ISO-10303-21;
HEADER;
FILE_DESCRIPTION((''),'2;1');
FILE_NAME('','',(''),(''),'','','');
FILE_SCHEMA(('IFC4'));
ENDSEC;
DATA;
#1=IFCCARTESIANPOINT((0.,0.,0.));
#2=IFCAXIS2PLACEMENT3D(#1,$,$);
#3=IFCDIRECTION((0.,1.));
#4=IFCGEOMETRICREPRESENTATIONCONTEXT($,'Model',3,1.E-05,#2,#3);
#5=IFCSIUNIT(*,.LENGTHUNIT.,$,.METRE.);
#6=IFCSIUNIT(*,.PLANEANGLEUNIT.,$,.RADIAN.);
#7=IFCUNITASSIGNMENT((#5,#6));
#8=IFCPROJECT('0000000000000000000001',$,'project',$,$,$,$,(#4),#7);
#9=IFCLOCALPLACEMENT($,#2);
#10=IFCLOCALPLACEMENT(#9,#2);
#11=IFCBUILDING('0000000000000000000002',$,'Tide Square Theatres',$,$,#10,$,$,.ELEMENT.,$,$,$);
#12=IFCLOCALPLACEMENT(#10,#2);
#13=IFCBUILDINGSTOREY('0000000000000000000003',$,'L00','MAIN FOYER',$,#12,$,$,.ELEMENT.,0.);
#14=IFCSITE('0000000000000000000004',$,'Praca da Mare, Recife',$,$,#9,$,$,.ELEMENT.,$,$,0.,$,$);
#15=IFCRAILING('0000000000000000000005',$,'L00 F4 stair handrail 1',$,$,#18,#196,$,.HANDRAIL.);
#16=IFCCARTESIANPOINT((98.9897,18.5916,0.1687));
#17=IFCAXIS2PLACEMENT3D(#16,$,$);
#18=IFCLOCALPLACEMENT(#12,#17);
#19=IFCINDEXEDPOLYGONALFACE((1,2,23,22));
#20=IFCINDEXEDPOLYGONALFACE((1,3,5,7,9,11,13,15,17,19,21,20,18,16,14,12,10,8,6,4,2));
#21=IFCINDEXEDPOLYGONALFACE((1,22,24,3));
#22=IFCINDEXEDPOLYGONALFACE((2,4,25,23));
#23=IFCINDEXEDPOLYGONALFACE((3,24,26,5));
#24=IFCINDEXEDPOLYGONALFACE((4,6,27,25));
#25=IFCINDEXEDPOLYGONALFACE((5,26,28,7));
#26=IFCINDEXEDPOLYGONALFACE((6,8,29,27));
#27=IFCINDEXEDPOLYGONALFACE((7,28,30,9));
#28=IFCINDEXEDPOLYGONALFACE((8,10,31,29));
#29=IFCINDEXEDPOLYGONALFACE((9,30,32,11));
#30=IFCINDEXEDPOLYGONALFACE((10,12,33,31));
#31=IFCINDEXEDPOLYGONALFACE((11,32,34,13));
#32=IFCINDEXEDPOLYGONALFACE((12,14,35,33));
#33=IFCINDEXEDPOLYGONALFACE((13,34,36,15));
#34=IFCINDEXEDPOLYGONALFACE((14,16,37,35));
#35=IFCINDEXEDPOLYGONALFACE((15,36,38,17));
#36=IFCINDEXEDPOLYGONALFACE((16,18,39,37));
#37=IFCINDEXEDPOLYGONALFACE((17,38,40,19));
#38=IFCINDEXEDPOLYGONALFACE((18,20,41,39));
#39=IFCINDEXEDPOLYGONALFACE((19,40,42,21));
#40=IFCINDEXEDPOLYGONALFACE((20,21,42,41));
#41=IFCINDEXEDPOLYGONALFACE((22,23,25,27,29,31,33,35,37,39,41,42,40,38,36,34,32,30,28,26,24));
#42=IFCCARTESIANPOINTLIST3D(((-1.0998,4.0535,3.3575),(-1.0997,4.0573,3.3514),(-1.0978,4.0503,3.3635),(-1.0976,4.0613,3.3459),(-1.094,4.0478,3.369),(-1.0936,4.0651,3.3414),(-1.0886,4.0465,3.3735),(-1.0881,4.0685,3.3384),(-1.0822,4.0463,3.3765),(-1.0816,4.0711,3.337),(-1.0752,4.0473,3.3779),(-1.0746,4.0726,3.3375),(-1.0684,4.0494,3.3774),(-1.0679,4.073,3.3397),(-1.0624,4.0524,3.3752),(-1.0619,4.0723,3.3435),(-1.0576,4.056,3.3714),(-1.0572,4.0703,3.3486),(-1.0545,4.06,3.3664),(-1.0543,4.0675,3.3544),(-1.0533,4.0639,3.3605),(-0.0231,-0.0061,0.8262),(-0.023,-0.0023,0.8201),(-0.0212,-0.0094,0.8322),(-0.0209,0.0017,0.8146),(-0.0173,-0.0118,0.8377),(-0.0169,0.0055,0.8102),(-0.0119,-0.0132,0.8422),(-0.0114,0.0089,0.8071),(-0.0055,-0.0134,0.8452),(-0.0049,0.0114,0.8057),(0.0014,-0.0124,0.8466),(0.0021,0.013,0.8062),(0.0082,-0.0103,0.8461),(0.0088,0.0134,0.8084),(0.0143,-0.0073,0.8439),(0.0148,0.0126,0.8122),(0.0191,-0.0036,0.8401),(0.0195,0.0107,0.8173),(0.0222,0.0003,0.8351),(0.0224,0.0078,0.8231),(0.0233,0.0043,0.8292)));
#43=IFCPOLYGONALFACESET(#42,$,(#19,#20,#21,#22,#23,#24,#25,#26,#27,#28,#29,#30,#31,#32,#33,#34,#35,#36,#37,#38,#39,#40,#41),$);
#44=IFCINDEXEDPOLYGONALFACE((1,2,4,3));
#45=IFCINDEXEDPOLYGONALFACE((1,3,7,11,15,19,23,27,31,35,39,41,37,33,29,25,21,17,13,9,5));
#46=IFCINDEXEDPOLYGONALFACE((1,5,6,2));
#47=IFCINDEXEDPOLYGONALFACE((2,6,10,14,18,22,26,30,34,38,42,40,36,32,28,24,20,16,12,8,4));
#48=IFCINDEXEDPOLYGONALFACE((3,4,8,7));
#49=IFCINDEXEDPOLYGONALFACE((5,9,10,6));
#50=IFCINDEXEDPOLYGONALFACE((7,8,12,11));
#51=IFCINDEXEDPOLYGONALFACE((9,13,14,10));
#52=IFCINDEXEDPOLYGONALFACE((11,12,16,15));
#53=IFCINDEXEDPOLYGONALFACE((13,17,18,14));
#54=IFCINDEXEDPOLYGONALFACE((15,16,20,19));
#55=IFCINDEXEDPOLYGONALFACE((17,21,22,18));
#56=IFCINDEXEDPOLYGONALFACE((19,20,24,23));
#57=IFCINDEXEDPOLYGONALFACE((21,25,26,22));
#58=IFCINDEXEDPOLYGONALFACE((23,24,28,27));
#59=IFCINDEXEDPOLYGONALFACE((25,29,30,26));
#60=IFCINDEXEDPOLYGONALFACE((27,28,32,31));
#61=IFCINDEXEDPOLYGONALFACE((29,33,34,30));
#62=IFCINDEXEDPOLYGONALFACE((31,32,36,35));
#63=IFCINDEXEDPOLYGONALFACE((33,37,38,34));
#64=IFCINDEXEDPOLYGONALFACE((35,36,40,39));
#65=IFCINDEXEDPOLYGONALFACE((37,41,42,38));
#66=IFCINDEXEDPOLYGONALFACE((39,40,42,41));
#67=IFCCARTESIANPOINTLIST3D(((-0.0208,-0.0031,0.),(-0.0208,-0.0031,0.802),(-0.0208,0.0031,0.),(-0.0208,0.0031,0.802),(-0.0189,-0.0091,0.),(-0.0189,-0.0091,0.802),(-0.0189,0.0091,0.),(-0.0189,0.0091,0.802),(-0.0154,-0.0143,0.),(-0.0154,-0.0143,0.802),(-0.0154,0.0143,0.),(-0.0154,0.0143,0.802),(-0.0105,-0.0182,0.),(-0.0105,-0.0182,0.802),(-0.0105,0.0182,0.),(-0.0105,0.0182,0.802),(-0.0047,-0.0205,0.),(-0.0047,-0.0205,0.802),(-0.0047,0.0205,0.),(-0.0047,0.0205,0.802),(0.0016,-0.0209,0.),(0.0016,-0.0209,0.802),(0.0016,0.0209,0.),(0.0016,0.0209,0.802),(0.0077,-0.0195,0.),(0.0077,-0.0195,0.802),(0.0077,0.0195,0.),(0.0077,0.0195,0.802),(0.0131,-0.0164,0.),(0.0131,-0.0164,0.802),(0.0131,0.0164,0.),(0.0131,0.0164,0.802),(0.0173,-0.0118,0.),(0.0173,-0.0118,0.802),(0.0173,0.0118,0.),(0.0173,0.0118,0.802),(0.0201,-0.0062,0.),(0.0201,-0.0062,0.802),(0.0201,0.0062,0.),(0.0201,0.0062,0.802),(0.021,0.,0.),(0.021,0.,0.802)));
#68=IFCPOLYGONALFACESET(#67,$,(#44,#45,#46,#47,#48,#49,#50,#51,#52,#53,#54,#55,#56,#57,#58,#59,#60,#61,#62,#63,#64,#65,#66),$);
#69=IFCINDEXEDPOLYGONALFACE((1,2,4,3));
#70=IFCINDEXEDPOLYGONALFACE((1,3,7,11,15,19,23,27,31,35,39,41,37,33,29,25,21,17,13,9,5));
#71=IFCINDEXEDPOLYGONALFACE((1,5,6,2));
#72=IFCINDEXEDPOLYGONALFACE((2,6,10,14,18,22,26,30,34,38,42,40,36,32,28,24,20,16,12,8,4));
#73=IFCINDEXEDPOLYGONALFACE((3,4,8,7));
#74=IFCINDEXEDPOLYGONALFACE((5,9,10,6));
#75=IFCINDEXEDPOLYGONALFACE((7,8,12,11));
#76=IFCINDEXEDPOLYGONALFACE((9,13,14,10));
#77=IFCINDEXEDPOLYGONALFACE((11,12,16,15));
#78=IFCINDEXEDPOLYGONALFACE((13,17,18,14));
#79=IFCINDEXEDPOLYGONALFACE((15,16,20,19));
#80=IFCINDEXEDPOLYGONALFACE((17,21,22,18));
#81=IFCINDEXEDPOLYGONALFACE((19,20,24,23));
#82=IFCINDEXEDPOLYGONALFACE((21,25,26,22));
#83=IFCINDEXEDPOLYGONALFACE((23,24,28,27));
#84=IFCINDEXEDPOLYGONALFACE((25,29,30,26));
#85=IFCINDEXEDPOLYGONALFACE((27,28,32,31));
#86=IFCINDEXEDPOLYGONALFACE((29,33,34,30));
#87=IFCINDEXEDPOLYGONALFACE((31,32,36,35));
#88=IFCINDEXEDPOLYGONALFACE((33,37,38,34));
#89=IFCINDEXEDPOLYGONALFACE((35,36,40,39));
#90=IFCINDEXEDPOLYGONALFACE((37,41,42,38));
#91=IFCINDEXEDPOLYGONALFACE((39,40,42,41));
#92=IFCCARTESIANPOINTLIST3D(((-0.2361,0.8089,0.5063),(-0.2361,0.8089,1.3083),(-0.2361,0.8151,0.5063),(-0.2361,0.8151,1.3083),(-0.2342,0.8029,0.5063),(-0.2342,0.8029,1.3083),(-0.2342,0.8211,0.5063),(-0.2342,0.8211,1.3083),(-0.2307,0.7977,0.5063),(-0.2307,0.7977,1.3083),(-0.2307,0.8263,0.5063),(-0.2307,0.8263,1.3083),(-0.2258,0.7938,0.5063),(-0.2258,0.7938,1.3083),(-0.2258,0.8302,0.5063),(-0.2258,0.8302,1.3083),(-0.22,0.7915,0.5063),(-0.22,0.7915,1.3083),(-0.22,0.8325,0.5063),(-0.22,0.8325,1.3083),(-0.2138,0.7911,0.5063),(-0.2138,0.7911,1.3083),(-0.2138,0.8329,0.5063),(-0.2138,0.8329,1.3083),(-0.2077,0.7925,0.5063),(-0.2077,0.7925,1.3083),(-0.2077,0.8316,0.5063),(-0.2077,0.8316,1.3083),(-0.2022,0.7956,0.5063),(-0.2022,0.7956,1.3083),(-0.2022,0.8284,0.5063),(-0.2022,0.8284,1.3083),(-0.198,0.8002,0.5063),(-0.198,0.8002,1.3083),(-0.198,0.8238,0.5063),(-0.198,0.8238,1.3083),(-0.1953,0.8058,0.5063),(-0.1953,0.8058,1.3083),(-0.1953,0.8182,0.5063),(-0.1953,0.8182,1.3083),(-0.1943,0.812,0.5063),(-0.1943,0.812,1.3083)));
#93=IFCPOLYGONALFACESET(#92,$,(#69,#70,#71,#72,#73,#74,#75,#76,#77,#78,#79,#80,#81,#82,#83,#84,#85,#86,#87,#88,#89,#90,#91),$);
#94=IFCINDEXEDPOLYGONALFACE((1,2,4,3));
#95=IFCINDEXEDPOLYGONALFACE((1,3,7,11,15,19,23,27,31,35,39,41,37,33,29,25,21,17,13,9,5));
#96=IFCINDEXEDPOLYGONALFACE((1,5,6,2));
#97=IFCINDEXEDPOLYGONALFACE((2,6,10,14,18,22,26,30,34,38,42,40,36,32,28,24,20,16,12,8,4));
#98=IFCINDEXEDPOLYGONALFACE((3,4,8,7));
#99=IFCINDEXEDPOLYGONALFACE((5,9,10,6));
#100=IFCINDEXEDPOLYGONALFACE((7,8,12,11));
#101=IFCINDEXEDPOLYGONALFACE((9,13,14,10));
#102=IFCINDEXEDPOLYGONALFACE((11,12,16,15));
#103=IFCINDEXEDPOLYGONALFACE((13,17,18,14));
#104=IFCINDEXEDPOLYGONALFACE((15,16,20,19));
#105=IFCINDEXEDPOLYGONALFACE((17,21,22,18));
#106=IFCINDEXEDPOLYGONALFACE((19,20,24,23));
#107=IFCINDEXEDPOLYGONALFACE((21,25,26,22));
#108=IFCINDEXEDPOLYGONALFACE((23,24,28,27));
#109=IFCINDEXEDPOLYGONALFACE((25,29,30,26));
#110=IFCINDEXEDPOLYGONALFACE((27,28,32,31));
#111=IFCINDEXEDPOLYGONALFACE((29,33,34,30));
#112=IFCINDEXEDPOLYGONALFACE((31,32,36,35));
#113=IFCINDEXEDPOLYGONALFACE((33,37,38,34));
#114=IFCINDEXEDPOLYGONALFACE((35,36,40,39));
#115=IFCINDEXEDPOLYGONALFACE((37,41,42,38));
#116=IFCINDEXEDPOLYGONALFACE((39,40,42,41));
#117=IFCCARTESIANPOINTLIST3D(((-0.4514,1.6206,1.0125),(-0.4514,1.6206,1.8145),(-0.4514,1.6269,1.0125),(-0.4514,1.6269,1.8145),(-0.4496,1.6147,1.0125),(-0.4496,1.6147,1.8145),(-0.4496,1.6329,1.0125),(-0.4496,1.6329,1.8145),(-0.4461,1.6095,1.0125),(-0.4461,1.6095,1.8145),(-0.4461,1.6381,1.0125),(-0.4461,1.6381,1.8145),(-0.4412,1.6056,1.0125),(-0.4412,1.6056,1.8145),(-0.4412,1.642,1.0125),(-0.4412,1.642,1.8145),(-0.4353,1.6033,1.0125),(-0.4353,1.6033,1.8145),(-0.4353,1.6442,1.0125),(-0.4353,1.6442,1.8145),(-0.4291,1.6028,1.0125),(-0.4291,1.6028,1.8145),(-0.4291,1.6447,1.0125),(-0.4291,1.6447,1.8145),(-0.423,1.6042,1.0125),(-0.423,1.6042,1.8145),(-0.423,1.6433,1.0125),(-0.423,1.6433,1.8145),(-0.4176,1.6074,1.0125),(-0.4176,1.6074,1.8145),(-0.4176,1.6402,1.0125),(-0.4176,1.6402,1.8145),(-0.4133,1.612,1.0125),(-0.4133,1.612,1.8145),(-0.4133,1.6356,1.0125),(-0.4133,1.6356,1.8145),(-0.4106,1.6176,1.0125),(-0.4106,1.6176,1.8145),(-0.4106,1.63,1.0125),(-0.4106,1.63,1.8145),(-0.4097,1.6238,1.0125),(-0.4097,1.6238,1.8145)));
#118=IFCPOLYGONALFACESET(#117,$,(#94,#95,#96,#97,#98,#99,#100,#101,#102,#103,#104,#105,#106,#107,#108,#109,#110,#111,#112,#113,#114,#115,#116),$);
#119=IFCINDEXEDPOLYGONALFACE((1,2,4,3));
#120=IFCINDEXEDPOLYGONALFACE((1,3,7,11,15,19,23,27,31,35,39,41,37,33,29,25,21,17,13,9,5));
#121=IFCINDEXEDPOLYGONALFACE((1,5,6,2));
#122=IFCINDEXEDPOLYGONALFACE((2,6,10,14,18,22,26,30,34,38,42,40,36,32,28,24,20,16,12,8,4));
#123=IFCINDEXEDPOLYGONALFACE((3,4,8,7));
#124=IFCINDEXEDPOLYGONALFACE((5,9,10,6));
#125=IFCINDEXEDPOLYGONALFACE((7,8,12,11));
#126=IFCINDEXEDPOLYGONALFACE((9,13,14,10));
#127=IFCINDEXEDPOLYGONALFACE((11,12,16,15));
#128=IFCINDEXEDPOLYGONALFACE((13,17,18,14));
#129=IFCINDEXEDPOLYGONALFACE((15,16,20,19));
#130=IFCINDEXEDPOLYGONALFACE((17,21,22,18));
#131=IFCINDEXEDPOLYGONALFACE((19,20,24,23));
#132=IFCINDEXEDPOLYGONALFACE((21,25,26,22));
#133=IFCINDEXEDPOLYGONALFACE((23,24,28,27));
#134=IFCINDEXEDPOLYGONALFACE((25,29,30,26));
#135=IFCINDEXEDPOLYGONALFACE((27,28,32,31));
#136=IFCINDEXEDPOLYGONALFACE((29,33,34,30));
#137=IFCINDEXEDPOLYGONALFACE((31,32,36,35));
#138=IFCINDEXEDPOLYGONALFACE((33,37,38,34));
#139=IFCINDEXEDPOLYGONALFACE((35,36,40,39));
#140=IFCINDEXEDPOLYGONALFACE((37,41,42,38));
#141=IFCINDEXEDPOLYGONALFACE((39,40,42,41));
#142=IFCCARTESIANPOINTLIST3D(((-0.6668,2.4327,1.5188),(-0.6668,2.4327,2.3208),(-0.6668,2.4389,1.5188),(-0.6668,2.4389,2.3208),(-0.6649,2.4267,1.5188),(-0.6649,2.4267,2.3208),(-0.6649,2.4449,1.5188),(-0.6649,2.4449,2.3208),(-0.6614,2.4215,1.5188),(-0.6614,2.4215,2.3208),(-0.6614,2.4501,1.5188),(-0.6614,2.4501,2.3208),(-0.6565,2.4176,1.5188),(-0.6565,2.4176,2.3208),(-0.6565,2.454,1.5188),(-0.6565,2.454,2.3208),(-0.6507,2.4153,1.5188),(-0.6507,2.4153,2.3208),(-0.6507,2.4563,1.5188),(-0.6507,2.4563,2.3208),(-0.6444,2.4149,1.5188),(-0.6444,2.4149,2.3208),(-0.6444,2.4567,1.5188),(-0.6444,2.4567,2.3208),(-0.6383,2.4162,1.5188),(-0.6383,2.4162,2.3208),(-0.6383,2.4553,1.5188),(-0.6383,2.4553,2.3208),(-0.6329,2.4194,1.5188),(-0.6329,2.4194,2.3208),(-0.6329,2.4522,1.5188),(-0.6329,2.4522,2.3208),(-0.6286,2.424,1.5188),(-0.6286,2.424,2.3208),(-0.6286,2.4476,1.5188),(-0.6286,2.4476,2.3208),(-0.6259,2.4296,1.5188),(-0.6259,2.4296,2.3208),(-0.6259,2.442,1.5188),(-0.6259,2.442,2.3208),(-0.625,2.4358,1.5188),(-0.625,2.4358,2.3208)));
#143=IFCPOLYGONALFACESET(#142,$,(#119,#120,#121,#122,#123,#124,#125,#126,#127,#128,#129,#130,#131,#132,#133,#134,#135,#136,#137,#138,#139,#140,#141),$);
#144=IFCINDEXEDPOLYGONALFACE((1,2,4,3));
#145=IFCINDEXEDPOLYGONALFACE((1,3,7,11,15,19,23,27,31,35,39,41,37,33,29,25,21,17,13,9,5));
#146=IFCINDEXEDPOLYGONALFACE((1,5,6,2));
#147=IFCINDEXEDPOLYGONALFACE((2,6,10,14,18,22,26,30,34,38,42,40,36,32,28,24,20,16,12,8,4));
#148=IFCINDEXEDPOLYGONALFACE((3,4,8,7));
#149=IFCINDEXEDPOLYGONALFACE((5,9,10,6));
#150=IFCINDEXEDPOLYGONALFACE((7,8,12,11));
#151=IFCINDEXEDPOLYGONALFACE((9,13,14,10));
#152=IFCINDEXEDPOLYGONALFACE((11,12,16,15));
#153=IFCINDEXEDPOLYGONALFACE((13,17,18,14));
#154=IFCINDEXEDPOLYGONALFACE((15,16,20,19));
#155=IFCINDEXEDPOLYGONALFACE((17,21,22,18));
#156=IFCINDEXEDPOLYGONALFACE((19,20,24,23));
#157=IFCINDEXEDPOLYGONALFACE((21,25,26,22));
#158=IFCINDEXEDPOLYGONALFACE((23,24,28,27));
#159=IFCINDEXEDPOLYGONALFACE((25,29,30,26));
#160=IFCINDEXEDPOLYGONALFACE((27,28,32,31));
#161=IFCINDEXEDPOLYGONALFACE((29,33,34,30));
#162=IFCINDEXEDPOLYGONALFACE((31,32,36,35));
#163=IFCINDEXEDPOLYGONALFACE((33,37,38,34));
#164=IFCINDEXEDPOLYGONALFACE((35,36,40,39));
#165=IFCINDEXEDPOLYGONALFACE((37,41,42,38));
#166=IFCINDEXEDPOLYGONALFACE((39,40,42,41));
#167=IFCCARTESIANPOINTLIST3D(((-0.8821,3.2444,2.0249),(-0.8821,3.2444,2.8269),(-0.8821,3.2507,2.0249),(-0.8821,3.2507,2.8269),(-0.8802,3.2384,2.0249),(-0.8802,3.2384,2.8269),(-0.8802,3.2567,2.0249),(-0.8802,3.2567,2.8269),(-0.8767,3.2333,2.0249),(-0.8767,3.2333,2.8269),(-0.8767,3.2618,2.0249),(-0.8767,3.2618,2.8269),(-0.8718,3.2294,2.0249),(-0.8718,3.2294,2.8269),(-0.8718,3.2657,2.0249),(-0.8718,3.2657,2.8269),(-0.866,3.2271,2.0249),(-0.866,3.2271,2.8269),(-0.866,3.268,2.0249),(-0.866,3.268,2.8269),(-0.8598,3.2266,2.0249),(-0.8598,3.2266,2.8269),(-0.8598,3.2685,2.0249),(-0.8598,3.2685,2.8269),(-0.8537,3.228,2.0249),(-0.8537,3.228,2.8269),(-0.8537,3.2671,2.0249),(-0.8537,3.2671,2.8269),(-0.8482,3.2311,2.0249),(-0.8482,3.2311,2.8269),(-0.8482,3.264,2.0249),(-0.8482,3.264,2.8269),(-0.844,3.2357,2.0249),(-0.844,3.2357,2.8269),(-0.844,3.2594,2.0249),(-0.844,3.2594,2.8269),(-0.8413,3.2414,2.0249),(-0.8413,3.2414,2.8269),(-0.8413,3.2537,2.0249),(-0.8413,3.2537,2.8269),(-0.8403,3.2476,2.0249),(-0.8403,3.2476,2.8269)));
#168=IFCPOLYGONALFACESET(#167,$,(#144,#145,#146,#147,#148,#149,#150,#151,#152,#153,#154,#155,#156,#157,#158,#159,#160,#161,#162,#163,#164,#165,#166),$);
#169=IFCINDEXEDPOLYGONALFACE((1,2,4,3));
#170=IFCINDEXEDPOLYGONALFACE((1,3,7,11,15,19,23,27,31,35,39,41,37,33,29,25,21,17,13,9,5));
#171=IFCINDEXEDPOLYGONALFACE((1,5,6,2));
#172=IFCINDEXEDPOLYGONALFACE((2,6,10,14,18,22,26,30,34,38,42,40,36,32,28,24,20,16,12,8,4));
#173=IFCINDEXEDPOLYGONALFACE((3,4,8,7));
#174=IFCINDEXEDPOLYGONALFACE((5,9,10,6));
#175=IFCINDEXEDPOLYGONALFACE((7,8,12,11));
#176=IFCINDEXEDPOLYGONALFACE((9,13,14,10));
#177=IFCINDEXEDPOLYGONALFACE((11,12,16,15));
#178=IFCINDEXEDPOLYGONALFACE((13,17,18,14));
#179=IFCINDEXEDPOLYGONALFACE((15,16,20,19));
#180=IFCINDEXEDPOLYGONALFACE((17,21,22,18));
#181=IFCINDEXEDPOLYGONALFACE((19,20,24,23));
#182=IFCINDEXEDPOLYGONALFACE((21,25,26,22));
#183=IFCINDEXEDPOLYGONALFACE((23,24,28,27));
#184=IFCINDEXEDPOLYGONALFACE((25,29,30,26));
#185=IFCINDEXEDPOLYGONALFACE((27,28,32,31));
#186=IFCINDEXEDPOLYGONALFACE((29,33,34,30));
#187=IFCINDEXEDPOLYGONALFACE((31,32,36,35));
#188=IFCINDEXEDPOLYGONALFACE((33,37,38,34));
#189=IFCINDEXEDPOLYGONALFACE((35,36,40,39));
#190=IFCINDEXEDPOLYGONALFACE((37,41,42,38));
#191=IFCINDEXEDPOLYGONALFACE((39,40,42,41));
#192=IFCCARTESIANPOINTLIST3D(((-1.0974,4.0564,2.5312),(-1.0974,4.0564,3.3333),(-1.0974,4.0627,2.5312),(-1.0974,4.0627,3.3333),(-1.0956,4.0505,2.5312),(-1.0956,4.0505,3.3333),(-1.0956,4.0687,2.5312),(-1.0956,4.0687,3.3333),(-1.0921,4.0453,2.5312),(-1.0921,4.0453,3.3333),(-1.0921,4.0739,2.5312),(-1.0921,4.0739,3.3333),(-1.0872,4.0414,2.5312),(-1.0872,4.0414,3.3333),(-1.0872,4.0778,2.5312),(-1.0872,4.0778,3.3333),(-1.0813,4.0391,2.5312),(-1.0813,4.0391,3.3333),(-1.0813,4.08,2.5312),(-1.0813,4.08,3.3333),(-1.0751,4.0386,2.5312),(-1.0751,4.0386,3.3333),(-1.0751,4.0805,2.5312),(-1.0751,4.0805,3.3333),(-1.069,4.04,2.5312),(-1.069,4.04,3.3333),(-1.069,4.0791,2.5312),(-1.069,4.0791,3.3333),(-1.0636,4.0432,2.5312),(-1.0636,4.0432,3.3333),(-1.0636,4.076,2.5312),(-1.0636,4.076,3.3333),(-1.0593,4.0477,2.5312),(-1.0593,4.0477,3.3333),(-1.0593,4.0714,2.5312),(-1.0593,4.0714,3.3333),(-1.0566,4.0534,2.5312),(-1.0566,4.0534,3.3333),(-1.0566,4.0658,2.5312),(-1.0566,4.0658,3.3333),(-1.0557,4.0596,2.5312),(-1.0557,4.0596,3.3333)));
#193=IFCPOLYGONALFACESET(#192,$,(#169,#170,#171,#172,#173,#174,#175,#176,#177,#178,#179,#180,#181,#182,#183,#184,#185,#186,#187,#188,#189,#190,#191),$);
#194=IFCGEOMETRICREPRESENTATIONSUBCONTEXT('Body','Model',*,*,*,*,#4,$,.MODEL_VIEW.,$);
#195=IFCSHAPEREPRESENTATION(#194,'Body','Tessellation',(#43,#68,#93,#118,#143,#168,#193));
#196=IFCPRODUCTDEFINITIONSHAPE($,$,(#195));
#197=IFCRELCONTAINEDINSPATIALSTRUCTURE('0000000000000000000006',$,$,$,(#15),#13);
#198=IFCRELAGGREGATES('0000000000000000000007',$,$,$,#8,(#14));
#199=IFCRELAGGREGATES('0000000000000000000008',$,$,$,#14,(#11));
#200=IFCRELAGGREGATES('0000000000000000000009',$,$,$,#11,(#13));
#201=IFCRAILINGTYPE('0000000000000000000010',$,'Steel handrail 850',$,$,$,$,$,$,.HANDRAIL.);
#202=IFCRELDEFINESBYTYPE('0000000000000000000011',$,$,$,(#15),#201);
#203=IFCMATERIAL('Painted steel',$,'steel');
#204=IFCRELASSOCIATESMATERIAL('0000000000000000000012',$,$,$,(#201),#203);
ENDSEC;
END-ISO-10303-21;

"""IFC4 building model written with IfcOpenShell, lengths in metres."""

from ifc_helpers import new_model, si_unit, direction, frame, origin, origin_2d, place, context, subcontext, project, spatial, circle, extrude, material, type_object, element, save


model = new_model("IFC4")

# Units and contexts
model_context = context("Model", 3, precision=1e-05, world=origin(), true_north=direction((0.0, 1.0)))
body_context = subcontext(model_context, "Body", "Model", "MODEL_VIEW")
ifc_project = project(units=[si_unit("LENGTHUNIT", "METRE"), si_unit("PLANEANGLEUNIT", "RADIAN")], contexts=[model_context])

# Site, building, storey
site_placement = place(None, origin())
site = spatial("IfcSite", under=ifc_project, at=site_placement, Name="Praca da Mare, Recife", CompositionType="ELEMENT", RefElevation=0.0)
building_placement = place(site_placement, origin())
building = spatial("IfcBuilding", under=site, at=building_placement, Name="Tide Square Theatres", CompositionType="ELEMENT")
storey_placement = place(building_placement, origin())
storey = spatial("IfcBuildingStorey", under=building, at=storey_placement, Name="L00", Description="MAIN FOYER", CompositionType="ELEMENT", Elevation=0.0)

# Railing
ifc_material_1 = material(Name="Painted steel", Category="steel")
railing_type_1 = type_object("IfcRailingType", Name="Steel handrail 850", PredefinedType="HANDRAIL", material=ifc_material_1)
railing_1_placement = place(storey_placement, frame((98.9897, 18.5916, 0.1687)))
element("IfcRailing", 1, at=railing_1_placement, inside=storey, type_object=railing_type_1, Name="L00 F4 stair handrail 1", PredefinedType="HANDRAIL", context=body_context, shape_type="SweptSolid", body=[
    extrude(circle(Radius=0.0239, at=origin_2d()), frame((0.0, 0.0, 0.8262), z_axis=(-0.21956, 0.827854, 0.516189), x_axis=(-0.966583, -0.256353, 0.0)), (0.0, 0.0, 1.0), 4.9038),
    extrude(circle(Radius=0.021, at=origin_2d()), origin(), (0.0, 0.0, 1.0), 0.802),
    extrude(circle(Radius=0.021, at=origin_2d()), frame((-0.2153, 0.812, 0.5063)), (0.0, 0.0, 1.0), 0.802),
    extrude(circle(Radius=0.021, at=origin_2d()), frame((-0.4307, 1.6238, 1.0125)), (0.0, 0.0, 1.0), 0.802),
    extrude(circle(Radius=0.021, at=origin_2d()), frame((-0.646, 2.4358, 1.5188)), (0.0, 0.0, 1.0), 0.802),
    extrude(circle(Radius=0.021, at=origin_2d()), frame((-0.8613, 3.2476, 2.0249)), (0.0, 0.0, 1.0), 0.802),
    extrude(circle(Radius=0.021, at=origin_2d()), frame((-1.0767, 4.0596, 2.5312)), (0.0, 0.0, 1.0), 0.802),
])

save(model, "model.ifc")
